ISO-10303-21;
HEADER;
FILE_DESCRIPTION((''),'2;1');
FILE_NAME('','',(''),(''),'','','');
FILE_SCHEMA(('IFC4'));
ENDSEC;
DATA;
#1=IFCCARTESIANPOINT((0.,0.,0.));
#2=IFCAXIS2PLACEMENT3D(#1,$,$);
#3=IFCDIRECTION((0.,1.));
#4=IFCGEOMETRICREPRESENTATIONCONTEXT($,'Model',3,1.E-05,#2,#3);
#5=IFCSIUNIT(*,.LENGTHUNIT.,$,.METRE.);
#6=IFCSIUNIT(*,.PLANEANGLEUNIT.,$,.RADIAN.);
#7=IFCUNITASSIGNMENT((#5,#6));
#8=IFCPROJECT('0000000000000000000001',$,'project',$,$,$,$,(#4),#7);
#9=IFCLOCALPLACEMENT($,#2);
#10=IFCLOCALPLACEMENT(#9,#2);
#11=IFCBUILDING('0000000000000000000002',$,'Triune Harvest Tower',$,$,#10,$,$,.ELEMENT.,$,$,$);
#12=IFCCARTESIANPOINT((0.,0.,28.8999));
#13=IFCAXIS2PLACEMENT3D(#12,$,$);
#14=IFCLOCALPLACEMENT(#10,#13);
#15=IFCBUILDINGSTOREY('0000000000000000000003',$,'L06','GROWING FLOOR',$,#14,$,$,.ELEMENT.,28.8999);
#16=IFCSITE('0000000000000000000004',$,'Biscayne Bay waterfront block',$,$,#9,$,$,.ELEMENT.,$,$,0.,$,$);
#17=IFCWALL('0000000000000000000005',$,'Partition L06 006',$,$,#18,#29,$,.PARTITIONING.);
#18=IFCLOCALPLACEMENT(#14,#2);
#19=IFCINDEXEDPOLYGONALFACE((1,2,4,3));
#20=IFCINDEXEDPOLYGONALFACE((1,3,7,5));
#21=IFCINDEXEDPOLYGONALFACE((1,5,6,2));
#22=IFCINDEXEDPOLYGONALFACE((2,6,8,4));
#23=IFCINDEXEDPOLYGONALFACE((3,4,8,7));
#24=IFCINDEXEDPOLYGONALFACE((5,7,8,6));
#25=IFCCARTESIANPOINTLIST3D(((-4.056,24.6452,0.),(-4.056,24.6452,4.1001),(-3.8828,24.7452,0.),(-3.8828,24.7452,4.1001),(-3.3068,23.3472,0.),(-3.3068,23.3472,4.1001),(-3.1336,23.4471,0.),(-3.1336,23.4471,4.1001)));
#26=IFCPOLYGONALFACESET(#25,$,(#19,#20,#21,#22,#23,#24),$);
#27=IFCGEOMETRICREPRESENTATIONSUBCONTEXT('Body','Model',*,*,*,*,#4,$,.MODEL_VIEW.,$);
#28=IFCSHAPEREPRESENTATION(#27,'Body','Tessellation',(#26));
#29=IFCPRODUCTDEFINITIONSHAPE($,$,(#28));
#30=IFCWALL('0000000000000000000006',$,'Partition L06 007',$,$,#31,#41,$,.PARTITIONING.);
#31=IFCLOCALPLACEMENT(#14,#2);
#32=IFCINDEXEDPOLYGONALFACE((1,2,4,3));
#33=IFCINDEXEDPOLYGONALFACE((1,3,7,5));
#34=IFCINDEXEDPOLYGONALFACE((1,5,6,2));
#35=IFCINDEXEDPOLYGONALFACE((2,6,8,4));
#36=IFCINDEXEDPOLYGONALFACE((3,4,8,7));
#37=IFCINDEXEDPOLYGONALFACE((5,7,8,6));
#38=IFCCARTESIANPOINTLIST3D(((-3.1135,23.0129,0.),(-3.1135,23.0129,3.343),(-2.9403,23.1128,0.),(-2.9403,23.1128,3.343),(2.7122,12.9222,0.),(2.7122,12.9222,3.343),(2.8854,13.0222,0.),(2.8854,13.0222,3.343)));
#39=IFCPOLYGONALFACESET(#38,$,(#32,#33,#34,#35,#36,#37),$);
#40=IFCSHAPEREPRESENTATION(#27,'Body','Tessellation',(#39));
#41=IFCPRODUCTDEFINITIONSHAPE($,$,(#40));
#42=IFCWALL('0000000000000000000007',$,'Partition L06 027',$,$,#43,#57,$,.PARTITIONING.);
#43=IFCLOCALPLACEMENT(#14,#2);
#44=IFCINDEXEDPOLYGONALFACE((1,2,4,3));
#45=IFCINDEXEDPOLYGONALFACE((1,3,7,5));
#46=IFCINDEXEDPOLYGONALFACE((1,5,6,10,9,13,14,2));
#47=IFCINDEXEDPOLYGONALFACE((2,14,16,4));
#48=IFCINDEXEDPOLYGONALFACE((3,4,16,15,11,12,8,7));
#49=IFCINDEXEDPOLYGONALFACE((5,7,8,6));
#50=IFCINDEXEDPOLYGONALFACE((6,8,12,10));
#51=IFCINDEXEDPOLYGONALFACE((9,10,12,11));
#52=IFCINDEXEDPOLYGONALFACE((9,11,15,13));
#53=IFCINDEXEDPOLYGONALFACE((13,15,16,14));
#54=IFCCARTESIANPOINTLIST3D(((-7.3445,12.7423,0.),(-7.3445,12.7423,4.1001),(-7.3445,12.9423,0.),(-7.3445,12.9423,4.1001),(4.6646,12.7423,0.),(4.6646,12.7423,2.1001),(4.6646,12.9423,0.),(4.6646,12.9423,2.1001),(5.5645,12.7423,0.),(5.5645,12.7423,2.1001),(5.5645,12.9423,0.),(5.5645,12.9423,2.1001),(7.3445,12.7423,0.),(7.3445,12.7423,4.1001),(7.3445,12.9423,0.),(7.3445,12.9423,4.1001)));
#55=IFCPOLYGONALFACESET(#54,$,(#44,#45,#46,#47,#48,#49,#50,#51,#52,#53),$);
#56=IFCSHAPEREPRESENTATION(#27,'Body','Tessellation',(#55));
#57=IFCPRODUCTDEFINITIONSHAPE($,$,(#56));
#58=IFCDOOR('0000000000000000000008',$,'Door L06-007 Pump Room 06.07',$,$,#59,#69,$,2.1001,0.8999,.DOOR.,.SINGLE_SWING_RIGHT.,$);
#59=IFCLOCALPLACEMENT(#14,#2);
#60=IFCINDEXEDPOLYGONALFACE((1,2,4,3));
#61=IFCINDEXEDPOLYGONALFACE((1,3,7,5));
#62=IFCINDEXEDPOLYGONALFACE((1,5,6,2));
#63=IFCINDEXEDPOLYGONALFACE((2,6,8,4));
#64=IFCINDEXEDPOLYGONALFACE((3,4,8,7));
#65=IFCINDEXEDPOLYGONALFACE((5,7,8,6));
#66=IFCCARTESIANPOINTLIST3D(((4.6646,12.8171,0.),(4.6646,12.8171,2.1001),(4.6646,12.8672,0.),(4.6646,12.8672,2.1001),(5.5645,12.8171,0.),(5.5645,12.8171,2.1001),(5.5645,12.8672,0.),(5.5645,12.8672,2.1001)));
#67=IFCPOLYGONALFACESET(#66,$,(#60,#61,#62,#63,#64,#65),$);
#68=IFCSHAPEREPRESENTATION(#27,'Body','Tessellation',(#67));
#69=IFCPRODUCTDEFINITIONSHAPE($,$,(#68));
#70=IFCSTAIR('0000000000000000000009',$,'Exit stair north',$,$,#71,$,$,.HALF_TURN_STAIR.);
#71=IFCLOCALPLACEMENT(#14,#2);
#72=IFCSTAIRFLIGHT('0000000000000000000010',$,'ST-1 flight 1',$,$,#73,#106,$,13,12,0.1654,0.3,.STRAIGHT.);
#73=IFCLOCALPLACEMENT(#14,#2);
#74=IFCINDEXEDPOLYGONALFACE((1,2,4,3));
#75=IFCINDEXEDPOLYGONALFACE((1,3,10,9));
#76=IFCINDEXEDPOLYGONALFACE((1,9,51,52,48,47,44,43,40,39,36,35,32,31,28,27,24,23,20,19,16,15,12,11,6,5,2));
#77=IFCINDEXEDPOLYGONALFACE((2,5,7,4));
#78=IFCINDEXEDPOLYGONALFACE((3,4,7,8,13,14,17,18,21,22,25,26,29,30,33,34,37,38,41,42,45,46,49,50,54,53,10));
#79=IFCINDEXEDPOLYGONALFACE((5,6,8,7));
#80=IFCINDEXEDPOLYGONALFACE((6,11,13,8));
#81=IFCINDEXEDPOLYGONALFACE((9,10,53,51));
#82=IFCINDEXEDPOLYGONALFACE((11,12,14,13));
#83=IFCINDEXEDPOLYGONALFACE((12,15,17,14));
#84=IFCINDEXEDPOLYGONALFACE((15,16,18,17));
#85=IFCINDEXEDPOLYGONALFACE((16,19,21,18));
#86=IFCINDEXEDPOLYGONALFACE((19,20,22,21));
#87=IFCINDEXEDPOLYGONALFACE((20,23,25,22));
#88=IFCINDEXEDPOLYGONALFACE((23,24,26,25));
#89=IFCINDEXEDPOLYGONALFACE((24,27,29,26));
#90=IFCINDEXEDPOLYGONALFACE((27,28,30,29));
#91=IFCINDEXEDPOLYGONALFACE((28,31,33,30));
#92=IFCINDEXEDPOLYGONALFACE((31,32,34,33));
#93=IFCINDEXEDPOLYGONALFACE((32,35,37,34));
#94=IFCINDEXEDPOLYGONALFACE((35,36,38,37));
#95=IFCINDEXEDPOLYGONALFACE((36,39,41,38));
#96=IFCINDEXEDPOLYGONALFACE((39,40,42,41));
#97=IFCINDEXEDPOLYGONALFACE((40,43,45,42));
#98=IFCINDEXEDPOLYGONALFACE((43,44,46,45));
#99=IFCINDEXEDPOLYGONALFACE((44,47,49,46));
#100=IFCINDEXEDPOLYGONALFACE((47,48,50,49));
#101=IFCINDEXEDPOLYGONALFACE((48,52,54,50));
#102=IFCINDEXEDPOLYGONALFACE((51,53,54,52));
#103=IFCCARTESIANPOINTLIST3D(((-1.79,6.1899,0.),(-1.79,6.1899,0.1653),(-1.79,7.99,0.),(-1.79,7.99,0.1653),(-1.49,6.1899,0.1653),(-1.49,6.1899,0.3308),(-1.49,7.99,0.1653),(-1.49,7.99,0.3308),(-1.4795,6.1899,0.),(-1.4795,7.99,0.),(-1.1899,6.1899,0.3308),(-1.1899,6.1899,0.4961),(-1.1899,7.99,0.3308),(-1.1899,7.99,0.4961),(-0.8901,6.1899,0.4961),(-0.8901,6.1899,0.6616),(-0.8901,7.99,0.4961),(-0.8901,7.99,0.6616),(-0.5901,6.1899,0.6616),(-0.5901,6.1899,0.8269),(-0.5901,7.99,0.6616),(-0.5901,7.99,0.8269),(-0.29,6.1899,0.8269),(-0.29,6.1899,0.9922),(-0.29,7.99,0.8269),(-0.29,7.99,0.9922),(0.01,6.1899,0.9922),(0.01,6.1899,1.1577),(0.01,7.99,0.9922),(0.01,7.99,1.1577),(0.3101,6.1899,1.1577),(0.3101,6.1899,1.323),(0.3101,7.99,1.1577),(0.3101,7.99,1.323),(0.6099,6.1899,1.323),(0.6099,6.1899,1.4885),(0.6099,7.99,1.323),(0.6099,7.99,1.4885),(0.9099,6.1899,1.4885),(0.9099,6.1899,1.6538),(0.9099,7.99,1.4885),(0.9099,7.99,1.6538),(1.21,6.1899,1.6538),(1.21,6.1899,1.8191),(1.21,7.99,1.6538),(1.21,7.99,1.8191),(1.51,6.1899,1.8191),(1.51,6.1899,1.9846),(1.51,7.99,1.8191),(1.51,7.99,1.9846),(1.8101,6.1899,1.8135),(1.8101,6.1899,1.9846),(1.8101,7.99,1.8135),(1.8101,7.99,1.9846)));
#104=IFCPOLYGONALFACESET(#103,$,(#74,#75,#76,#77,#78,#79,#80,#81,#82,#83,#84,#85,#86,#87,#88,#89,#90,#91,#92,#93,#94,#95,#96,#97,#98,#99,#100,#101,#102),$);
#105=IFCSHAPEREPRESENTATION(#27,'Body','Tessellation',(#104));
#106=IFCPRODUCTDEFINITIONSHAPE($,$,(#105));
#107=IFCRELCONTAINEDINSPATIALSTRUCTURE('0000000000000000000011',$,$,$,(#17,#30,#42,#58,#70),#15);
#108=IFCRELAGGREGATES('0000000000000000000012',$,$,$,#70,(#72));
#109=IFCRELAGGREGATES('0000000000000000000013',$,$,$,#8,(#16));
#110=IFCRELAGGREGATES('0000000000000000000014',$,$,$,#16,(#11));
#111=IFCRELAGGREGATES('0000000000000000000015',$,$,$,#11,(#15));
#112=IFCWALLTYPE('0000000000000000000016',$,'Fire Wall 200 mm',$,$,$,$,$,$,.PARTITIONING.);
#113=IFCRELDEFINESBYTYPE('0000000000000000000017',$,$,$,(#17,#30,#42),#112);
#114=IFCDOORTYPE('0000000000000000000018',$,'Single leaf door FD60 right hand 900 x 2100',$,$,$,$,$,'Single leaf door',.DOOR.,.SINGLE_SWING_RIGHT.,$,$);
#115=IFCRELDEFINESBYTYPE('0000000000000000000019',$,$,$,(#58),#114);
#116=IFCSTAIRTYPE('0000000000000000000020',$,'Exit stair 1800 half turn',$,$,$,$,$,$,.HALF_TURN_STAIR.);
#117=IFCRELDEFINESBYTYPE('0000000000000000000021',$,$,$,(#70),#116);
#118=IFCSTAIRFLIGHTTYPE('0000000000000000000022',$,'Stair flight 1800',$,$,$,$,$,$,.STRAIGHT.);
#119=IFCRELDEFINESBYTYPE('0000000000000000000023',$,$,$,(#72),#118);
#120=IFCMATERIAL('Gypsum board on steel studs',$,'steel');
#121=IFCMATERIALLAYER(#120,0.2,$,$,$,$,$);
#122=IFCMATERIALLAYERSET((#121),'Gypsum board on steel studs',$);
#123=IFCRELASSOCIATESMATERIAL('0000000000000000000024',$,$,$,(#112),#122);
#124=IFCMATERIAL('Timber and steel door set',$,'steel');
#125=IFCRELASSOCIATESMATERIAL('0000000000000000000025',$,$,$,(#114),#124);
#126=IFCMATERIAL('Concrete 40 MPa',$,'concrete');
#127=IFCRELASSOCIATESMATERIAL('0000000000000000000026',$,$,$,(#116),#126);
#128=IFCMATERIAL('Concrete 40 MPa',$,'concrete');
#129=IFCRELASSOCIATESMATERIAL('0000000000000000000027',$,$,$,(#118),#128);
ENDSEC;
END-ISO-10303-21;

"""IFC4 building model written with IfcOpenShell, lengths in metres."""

from ifc_helpers import new_model, si_unit, direction, frame, frame_2d, origin, place, context, subcontext, project, spatial, polyline, rectangle, outline, extrude, source, transform, mapped, material, layer, layer_set, type_object, element, fill, aggregate, save


model = new_model("IFC4")

# Units and contexts
model_context = context("Model", 3, precision=1e-05, world=origin(), true_north=direction((0.0, 1.0)))
body_context = subcontext(model_context, "Body", "Model", "MODEL_VIEW")
ifc_project = project(units=[si_unit("LENGTHUNIT", "METRE"), si_unit("PLANEANGLEUNIT", "RADIAN")], contexts=[model_context])

# Site, building, storey
site_placement = place(None, origin())
site = spatial("IfcSite", under=ifc_project, at=site_placement, Name="Biscayne Bay waterfront block", CompositionType="ELEMENT", RefElevation=0.0)
building_placement = place(site_placement, origin())
building = spatial("IfcBuilding", under=site, at=building_placement, Name="Triune Harvest Tower", CompositionType="ELEMENT")
storey_placement = place(building_placement, frame((0.0, 0.0, 28.8999)))
storey = spatial("IfcBuildingStorey", under=building, at=storey_placement, Name="L06", Description="GROWING FLOOR", CompositionType="ELEMENT", Elevation=28.8999)

# Walls
ifc_material_1 = material(Name="Gypsum board on steel studs", Category="steel")
ifc_layer_1 = layer(ifc_material_1, 0.2)
ifc_layer_set_1 = layer_set([ifc_layer_1], Name="Gypsum board on steel studs")
wall_type_1 = type_object("IfcWallType", Name="Fire Wall 200 mm", PredefinedType="PARTITIONING", material=ifc_layer_set_1)
shared_shape_1 = source(origin(), body_context, "Body", "SweptSolid", [
    extrude(rectangle(XDim=1.4988, YDim=0.2, at=frame_2d((0.7495, 0.0))), origin(), (0.0, 0.0, 1.0), 4.1001),
])
wall_1_placement = place(storey_placement, frame((-3.9695, 24.6953, 0.0), z_axis=(0.0, 0.0, 1.0), x_axis=(0.499906, -0.86608, 0.0)))
element("IfcWall", 1, at=wall_1_placement, inside=storey, type_object=wall_type_1, Name="Partition L06 006", PredefinedType="PARTITIONING", context=body_context, shape_type="MappedRepresentation", body=[
    mapped(shared_shape_1, transform((0.0, 0.0, 0.0), scale=1.0)),
])
shared_shape_2 = source(origin(), body_context, "Body", "SweptSolid", [
    extrude(rectangle(XDim=11.6516, YDim=0.2, at=frame_2d((5.8257, 0.0))), origin(), (0.0, 0.0, 1.0), 3.343),
])
wall_2_placement = place(storey_placement, frame((-3.0269, 23.0627, 0.0), z_axis=(0.0, 0.0, 1.0), x_axis=(0.499993, -0.86603, 0.0)))
element("IfcWall", 2, at=wall_2_placement, inside=storey, type_object=wall_type_1, Name="Partition L06 007", PredefinedType="PARTITIONING", context=body_context, shape_type="MappedRepresentation", body=[
    mapped(shared_shape_2, transform((0.0, 0.0, 0.0), scale=1.0)),
])

# Wall, opening, door
shared_shape_3 = source(origin(), body_context, "Body", "SweptSolid", [
    extrude(rectangle(XDim=14.689, YDim=0.2, at=frame_2d((7.3445, 0.0))), origin(), (0.0, 0.0, 1.0), 4.1001),
])
wall_3_placement = place(storey_placement, frame((-7.3445, 12.8423, 0.0), z_axis=(0.0, 0.0, 1.0), x_axis=(1.0, 0.0, 0.0)))
wall_3 = element("IfcWall", 3, at=wall_3_placement, inside=storey, type_object=wall_type_1, Name="Partition L06 027", PredefinedType="PARTITIONING", context=body_context, shape_type="MappedRepresentation", body=[
    mapped(shared_shape_3, transform((0.0, 0.0, 0.0), scale=1.0)),
])
opening_1_placement = place(wall_3_placement, frame((12.009, 0.0, 0.0)))
opening_1 = element("IfcOpeningElement", 4, at=opening_1_placement, cuts=wall_3, PredefinedType="OPENING", context=body_context, shape_type="SweptSolid", body=[
    extrude(rectangle(XDim=0.8999, YDim=2.1001, at=frame_2d((0.45, 1.05))), frame((0.0, 0.1099, 0.0), z_axis=(0.0, -1.0, 0.0), x_axis=(1.0, 0.0, 0.0)), (0.0, 0.0, 1.0), 0.22),
])
ifc_material_2 = material(Name="Timber and steel door set", Category="steel")
door_type_1 = type_object("IfcDoorType", Name="Single leaf door FD60 right hand 900 x 2100", ElementType="Single leaf door", OperationType="SINGLE_SWING_RIGHT", PredefinedType="DOOR", material=ifc_material_2)
door_1_placement = place(opening_1_placement, origin())
door_1 = element("IfcDoor", 5, at=door_1_placement, inside=storey, type_object=door_type_1, Name="Door L06-007 Pump Room 06.07", OperationType="SINGLE_SWING_RIGHT", OverallHeight=2.1001, OverallWidth=0.8999, PredefinedType="DOOR", context=body_context, shape_type="SweptSolid", body=[
    extrude(rectangle(XDim=0.8999, YDim=2.1001, at=frame_2d((0.45, 1.05))), frame((0.0, 0.0249, 0.0), z_axis=(0.0, -1.0, 0.0), x_axis=(1.0, 0.0, 0.0)), (0.0, 0.0, 1.0), 0.05),
])
fill(opening_1, door_1)

# Stair, stair flight
ifc_material_3 = material(Name="Concrete 40 MPa", Category="concrete")
stair_type = type_object("IfcStairType", Name="Exit stair 1800 half turn", PredefinedType="HALF_TURN_STAIR", material=ifc_material_3)
stair_placement = place(storey_placement, origin())
stair = element("IfcStair", 6, at=stair_placement, inside=storey, type_object=stair_type, Name="Exit stair north", PredefinedType="HALF_TURN_STAIR")
ifc_material_4 = material(Name="Concrete 40 MPa", Category="concrete")
stair_flight_type = type_object("IfcStairFlightType", Name="Stair flight 1800", PredefinedType="STRAIGHT", material=ifc_material_4)
shared_shape_4 = source(origin(), body_context, "Body", "SweptSolid", [
    extrude(outline(polyline([(0.0, 0.0), (0.0, 0.1653), (0.3, 0.1653), (0.3, 0.3308), (0.6001, 0.3308), (0.6001, 0.4961), (0.8999, 0.4961), (0.8999, 0.6616), (1.2, 0.6616), (1.2, 0.8269), (1.5, 0.8269), (1.5, 0.9922), (1.8, 0.9922), (1.8, 1.1577), (2.1001, 1.1577), (2.1001, 1.323), (2.3999, 1.323), (2.3999, 1.4885), (2.7, 1.4885), (2.7, 1.6538), (3.0, 1.6538), (3.0, 1.8191), (3.3, 1.8191), (3.3, 1.9846), (3.6001, 1.9846), (3.6001, 2.1499), (3.6001, 1.8135), (0.3105, 0.0), (0.0, 0.0)])), frame((0.0, 0.8999, 0.0), z_axis=(0.0, -1.0, 0.0), x_axis=(1.0, 0.0, 0.0)), (0.0, 0.0, 1.0), 1.8),
])
stair_flight_placement = place(storey_placement, frame((-1.79, 7.0901, 0.0), z_axis=(0.0, 0.0, 1.0), x_axis=(1.0, 0.0, 0.0)))
stair_flight = element("IfcStairFlight", 7, at=stair_flight_placement, type_object=stair_flight_type, Name="ST-1 flight 1", NumberOfRisers=13, NumberOfTreads=12, PredefinedType="STRAIGHT", RiserHeight=0.1654, TreadLength=0.3, context=body_context, shape_type="MappedRepresentation", body=[
    mapped(shared_shape_4, transform((0.0, 0.0, 0.0), scale=1.0)),
])
aggregate(stair, [stair_flight])

save(model, "model.ifc")
